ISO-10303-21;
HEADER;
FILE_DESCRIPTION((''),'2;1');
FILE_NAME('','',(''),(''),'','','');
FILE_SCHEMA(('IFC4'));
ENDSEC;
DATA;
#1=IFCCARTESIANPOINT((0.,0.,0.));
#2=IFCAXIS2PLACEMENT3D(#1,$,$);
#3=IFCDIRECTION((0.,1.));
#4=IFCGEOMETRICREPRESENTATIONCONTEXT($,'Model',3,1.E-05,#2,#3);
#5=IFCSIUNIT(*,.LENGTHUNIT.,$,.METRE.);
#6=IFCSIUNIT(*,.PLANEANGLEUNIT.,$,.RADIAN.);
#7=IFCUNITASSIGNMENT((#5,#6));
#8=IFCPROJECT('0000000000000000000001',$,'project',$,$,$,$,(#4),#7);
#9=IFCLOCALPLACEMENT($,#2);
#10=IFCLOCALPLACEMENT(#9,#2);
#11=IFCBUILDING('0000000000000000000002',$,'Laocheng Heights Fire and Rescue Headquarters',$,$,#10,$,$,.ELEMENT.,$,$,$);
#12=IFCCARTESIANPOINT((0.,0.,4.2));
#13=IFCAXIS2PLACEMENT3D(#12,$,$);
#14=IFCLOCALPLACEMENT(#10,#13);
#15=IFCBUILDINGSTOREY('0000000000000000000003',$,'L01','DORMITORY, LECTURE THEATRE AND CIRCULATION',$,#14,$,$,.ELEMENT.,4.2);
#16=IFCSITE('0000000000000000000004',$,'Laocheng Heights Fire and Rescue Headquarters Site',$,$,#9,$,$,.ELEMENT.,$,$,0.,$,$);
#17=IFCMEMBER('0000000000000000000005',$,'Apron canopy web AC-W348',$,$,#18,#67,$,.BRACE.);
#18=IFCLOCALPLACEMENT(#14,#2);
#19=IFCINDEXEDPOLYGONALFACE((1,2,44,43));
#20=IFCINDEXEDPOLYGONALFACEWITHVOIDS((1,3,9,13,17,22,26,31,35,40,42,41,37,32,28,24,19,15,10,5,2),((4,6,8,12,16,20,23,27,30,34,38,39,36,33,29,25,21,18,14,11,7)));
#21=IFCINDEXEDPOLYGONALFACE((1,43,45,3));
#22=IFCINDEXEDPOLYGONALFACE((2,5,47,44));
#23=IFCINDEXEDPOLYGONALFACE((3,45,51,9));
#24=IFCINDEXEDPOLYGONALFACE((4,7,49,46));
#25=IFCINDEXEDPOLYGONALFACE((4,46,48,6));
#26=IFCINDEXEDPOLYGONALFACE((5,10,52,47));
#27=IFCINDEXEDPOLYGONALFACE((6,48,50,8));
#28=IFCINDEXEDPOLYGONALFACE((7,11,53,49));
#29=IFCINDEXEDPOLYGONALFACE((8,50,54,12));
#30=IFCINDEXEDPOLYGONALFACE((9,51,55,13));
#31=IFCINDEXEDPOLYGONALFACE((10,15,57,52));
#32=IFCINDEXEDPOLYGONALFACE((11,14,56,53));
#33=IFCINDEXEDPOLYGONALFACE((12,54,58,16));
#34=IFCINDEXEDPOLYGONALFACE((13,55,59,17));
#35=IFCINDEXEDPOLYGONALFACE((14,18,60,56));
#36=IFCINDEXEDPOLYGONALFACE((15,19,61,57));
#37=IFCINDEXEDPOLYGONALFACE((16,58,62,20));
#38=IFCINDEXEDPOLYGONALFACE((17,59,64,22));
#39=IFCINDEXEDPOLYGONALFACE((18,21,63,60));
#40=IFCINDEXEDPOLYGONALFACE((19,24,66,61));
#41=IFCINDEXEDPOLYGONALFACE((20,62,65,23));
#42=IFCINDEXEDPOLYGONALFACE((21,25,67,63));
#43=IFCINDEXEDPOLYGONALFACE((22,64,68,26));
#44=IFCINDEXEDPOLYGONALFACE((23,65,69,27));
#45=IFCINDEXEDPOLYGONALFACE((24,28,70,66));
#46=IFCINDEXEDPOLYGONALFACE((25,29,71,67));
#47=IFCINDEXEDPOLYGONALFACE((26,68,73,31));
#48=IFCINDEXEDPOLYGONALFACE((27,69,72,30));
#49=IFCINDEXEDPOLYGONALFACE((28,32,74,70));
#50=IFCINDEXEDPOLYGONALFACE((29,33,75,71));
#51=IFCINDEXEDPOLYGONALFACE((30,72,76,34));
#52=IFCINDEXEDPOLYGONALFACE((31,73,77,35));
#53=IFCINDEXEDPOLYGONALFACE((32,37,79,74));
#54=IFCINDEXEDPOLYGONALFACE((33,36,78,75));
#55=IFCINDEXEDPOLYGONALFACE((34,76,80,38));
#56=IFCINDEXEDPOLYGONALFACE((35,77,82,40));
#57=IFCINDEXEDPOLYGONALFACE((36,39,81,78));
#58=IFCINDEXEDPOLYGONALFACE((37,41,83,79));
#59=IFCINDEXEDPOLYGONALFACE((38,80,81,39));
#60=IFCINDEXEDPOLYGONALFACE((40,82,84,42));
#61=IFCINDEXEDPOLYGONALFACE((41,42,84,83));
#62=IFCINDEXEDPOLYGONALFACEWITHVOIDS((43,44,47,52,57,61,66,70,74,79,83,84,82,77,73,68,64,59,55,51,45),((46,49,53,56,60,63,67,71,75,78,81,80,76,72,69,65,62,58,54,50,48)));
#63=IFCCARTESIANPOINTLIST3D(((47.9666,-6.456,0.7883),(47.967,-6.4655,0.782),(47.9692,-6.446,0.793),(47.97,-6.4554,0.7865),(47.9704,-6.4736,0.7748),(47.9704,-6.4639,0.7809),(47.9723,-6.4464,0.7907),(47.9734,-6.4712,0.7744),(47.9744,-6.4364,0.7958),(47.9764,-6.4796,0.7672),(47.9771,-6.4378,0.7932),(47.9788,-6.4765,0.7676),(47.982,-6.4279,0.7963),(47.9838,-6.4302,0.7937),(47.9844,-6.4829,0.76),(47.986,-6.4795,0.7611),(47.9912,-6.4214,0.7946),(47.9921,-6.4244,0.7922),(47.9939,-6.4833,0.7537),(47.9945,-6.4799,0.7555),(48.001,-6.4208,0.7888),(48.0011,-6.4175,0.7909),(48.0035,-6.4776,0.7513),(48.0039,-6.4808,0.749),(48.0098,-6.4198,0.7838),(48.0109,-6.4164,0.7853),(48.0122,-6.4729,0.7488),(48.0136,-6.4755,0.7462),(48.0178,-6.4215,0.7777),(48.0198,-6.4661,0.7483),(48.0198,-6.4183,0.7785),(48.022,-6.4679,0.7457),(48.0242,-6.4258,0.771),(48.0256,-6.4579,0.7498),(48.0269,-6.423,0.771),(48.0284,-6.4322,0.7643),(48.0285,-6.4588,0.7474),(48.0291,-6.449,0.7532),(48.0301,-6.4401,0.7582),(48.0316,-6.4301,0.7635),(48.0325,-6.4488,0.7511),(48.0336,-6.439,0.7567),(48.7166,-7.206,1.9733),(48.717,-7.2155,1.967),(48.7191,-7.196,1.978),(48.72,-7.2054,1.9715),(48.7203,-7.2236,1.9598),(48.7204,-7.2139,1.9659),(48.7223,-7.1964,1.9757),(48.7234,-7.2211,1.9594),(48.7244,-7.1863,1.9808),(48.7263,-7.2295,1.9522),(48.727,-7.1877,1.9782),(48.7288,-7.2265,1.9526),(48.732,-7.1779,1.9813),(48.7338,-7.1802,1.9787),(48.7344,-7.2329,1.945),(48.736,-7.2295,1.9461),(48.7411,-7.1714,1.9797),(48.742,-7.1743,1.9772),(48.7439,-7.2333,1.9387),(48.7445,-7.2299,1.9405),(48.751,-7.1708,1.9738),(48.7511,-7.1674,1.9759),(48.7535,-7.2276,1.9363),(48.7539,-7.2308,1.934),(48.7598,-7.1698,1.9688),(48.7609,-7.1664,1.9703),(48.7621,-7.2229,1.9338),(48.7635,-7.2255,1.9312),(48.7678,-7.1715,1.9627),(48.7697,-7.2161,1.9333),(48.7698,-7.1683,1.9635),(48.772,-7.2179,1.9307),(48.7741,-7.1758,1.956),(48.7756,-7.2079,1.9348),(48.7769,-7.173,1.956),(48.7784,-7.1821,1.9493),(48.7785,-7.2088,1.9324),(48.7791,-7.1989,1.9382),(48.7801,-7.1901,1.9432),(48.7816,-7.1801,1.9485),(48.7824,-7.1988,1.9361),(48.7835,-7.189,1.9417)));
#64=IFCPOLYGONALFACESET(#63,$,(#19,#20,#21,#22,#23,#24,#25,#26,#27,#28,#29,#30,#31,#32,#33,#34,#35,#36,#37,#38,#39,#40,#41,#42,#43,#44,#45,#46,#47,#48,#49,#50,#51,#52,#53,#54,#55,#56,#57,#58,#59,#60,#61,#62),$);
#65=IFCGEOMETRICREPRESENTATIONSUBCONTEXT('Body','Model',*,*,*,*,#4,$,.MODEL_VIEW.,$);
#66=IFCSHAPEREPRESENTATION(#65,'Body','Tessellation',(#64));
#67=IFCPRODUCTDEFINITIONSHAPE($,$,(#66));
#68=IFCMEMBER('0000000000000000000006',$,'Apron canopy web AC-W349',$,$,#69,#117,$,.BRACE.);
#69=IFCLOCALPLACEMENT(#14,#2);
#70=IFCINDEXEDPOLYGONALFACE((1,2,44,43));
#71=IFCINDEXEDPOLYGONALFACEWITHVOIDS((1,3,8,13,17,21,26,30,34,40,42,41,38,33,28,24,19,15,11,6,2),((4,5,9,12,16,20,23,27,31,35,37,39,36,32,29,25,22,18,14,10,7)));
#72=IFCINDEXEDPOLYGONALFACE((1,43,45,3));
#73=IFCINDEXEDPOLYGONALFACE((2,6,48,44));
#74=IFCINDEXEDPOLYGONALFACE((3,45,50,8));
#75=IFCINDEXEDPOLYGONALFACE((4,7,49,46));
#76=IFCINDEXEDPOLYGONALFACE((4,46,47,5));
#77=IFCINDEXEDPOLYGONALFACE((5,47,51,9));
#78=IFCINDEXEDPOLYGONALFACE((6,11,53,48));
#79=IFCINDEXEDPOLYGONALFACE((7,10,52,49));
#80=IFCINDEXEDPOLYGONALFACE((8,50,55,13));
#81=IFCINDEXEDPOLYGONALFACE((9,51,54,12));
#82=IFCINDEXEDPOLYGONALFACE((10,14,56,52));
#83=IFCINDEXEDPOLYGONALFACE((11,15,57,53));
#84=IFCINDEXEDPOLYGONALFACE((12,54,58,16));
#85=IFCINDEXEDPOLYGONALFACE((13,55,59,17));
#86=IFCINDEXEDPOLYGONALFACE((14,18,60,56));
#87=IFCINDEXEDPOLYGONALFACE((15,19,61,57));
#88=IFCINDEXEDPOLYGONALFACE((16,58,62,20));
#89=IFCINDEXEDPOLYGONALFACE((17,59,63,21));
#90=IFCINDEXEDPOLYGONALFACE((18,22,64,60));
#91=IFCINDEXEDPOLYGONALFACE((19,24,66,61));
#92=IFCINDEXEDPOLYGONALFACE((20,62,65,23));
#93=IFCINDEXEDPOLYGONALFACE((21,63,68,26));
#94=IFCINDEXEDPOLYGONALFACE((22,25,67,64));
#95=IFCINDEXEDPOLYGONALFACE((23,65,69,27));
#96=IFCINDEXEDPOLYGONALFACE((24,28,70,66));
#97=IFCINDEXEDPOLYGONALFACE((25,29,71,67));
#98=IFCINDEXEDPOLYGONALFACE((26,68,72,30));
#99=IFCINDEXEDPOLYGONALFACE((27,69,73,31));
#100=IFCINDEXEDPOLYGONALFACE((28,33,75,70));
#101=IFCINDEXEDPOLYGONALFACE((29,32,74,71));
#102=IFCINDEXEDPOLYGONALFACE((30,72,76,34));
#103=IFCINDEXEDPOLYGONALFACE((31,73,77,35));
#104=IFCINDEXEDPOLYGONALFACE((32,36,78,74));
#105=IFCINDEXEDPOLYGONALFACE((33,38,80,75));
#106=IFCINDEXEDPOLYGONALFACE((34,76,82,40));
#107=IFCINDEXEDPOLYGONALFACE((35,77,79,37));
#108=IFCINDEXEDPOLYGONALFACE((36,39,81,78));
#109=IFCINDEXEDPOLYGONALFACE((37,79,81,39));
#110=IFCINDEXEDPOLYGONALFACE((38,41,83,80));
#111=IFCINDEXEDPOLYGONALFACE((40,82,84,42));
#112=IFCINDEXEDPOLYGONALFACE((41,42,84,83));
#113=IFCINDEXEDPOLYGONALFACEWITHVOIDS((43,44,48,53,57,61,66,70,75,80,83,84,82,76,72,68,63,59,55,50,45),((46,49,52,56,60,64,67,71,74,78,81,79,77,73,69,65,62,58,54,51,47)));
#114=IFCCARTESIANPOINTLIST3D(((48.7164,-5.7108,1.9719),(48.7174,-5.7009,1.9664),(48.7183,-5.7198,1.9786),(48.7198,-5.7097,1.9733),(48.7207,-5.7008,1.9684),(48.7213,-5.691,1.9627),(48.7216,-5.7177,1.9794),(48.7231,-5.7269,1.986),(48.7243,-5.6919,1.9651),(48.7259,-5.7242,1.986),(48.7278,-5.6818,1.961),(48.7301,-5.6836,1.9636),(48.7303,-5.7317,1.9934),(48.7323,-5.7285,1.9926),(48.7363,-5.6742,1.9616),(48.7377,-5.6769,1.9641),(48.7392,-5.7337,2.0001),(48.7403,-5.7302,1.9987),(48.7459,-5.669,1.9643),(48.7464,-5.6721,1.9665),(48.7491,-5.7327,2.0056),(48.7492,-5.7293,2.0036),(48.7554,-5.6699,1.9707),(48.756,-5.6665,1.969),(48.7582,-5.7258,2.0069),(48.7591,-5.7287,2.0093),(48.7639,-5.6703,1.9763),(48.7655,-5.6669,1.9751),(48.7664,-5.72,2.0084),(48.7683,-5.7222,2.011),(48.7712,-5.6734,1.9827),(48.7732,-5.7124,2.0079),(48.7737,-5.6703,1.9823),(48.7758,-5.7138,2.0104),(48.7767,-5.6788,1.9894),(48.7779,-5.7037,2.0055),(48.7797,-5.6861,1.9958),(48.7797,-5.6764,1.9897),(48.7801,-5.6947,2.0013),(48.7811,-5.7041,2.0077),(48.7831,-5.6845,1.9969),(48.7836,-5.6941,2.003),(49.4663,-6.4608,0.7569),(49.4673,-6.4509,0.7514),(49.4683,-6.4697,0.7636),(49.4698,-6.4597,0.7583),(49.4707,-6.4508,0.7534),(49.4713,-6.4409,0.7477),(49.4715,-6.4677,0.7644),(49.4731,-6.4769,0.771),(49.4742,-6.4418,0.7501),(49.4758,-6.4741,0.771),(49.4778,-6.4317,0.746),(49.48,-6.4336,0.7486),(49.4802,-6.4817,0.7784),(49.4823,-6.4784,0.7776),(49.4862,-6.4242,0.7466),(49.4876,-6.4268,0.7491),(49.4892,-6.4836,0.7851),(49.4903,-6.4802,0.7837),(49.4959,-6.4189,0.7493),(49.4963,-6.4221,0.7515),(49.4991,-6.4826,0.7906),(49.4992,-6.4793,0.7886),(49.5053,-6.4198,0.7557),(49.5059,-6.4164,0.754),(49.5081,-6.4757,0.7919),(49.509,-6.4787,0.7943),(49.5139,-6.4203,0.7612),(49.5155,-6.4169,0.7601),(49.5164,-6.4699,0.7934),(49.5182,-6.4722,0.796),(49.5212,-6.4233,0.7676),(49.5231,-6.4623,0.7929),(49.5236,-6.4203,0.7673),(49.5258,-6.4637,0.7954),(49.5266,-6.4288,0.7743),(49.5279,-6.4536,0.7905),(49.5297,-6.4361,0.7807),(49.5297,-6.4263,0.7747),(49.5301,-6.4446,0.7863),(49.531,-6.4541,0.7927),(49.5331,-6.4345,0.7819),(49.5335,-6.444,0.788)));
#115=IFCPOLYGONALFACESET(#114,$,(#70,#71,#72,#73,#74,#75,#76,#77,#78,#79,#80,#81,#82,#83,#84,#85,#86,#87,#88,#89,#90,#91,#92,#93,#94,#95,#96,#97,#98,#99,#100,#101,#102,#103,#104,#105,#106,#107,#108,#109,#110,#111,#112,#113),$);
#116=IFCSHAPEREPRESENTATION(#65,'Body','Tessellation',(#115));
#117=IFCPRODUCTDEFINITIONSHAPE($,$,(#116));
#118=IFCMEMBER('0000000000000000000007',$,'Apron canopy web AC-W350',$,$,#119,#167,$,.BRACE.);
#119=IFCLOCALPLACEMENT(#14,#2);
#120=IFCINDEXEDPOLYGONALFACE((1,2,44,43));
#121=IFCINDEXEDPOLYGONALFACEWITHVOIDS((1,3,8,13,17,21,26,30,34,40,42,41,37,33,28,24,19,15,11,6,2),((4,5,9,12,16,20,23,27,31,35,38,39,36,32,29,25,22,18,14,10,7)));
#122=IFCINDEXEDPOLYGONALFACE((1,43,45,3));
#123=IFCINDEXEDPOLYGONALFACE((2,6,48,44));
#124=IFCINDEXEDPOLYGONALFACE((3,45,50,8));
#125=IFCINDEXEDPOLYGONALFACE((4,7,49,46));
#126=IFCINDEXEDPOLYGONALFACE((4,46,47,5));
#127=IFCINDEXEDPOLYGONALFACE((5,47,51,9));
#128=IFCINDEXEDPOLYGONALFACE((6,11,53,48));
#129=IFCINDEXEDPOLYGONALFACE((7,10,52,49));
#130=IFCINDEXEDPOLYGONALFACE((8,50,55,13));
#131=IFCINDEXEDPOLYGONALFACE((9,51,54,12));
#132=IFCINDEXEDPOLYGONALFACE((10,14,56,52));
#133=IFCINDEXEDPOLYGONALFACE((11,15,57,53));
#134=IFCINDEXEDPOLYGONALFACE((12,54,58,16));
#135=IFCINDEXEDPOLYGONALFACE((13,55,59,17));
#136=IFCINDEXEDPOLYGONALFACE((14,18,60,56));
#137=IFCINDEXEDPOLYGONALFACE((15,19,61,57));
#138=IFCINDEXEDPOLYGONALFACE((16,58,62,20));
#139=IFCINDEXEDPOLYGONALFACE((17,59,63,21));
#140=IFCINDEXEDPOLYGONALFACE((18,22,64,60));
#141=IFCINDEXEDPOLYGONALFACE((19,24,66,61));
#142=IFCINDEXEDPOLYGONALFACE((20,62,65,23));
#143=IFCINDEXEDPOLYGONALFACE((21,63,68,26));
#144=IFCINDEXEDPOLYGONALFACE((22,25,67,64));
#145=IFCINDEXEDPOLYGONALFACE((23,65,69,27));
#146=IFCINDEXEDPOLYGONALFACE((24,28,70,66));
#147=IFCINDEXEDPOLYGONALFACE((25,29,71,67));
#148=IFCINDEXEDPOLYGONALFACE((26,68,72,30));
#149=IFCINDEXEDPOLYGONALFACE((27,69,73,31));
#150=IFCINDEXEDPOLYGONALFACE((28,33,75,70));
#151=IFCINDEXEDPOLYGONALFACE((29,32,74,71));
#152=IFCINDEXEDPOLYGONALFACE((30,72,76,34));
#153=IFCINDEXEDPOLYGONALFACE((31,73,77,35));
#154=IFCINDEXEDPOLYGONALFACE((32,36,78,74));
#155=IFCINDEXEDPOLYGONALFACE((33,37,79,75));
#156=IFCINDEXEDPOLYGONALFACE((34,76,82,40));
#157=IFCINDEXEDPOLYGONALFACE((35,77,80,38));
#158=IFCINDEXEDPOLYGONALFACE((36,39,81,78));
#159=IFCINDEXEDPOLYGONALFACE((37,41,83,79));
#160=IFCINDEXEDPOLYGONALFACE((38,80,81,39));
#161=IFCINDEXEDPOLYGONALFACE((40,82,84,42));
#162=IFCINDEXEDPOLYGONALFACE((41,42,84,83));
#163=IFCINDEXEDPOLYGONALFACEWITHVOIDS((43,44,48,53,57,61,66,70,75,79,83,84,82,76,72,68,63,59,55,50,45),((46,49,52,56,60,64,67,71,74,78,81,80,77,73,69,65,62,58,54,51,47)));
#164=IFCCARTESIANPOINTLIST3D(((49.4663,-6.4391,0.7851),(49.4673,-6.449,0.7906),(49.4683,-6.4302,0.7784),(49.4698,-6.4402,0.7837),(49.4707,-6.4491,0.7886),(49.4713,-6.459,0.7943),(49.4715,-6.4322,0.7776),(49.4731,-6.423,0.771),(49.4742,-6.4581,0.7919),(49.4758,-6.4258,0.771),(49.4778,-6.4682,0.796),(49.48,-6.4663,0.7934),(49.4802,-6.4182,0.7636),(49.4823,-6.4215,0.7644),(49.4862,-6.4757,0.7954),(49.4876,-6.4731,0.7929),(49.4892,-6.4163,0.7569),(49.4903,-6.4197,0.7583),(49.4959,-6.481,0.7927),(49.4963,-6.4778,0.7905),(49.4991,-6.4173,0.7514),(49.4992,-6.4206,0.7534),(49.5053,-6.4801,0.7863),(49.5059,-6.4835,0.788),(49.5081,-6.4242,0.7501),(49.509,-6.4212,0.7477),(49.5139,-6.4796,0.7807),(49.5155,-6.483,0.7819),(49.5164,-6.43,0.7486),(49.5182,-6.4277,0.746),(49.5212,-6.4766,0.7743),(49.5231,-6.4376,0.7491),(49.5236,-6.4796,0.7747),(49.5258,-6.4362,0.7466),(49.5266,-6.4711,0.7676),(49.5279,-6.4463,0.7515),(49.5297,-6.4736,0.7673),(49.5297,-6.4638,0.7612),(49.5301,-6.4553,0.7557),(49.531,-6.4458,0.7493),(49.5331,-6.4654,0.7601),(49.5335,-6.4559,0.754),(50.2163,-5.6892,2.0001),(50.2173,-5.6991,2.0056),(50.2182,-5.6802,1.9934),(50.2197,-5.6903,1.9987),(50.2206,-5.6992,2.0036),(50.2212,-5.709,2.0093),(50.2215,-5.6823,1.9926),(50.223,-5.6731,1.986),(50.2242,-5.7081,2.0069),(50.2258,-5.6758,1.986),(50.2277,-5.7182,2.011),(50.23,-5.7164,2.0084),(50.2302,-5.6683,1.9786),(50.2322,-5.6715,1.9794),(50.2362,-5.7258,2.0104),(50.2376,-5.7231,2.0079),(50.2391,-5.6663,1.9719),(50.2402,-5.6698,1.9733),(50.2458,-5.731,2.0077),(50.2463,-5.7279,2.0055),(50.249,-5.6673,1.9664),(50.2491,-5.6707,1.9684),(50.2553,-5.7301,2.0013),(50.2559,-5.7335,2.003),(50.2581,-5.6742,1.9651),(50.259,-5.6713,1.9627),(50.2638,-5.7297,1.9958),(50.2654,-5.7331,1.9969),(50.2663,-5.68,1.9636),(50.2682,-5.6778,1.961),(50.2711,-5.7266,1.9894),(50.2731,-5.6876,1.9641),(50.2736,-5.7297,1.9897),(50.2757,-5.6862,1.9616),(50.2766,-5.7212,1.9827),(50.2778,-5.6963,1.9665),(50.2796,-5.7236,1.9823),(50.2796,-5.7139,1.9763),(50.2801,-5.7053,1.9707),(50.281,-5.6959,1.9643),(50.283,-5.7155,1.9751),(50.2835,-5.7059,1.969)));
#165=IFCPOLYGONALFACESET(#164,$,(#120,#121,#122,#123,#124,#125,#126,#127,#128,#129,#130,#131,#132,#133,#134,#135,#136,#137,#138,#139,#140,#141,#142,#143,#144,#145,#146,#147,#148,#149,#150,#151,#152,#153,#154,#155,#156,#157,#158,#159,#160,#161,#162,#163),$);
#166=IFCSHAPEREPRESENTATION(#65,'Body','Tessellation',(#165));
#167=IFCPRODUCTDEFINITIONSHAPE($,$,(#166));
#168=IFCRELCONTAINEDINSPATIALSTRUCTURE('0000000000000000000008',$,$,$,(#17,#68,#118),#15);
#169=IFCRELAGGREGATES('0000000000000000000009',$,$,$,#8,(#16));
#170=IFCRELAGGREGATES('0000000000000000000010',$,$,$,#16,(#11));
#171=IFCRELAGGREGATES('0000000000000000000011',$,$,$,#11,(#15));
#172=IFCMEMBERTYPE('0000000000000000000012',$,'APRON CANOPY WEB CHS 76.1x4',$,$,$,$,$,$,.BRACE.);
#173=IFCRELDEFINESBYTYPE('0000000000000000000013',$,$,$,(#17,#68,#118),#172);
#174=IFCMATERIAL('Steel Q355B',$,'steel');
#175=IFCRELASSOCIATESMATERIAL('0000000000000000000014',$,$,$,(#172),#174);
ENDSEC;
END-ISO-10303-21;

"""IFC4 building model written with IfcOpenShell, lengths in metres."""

from ifc_helpers import new_model, si_unit, direction, frame, origin, origin_2d, place, context, subcontext, project, spatial, hollow_circle, extrude, material, material_profile, profile_set, type_object, element, save


model = new_model("IFC4")

# Units and contexts
model_context = context("Model", 3, precision=1e-05, world=origin(), true_north=direction((0.0, 1.0)))
body_context = subcontext(model_context, "Body", "Model", "MODEL_VIEW")
ifc_project = project(units=[si_unit("LENGTHUNIT", "METRE"), si_unit("PLANEANGLEUNIT", "RADIAN")], contexts=[model_context])

# Site, building, storey
site_placement = place(None, origin())
site = spatial("IfcSite", under=ifc_project, at=site_placement, Name="Laocheng Heights Fire and Rescue Headquarters Site", CompositionType="ELEMENT", RefElevation=0.0)
building_placement = place(site_placement, origin())
building = spatial("IfcBuilding", under=site, at=building_placement, Name="Laocheng Heights Fire and Rescue Headquarters", CompositionType="ELEMENT")
storey_placement = place(building_placement, frame((0.0, 0.0, 4.2)))
storey = spatial("IfcBuildingStorey", under=building, at=storey_placement, Name="L01", Description="DORMITORY, LECTURE THEATRE AND CIRCULATION", CompositionType="ELEMENT", Elevation=4.2)

# Members
ifc_material_1 = material(Name="Steel Q355B", Category="steel")
ifc_material_profile_1 = material_profile(ifc_material_1, hollow_circle(Radius=0.0381, WallThickness=0.0039, at=origin_2d()), Name="CHS 76.1x4")
ifc_profile_set_1 = profile_set([ifc_material_profile_1], Name="Steel Q355B")
member_type_1 = type_object("IfcMemberType", Name="APRON CANOPY WEB CHS 76.1x4", PredefinedType="BRACE", material=ifc_profile_set_1)
for number, where, z_axis, x_axis, name in (
    (1, (48.0, -6.45, 0.771), (0.47158, -0.47158, 0.745134), (0.707107, 0.707107, 0.0), "Apron canopy web AC-W348"),
):
    element("IfcMember", number, at=place(storey_placement, frame(where, z_axis=z_axis, x_axis=x_axis)), inside=storey, type_object=member_type_1, Name=name, PredefinedType="BRACE", context=body_context, shape_type="SweptSolid", body=[
        extrude(hollow_circle(Radius=0.0381, WallThickness=0.0039, at=origin_2d()), origin(), (0.0, 0.0, 1.0), 1.5903),
    ])
for number, where, z_axis, x_axis, name in (
    (2, (49.5, -6.45, 0.771), (-0.465002, 0.465002, 0.753357), (-0.707107, -0.707107, 0.0), "Apron canopy web AC-W349"),
    (3, (49.5, -6.45, 0.771), (0.465002, 0.465002, 0.753357), (-0.707107, 0.707107, 0.0), "Apron canopy web AC-W350"),
):
    element("IfcMember", number, at=place(storey_placement, frame(where, z_axis=z_axis, x_axis=x_axis)), inside=storey, type_object=member_type_1, Name=name, PredefinedType="BRACE", context=body_context, shape_type="SweptSolid", body=[
        extrude(hollow_circle(Radius=0.0381, WallThickness=0.0039, at=origin_2d()), origin(), (0.0, 0.0, 1.0), 1.6128),
    ])

save(model, "model.ifc")
